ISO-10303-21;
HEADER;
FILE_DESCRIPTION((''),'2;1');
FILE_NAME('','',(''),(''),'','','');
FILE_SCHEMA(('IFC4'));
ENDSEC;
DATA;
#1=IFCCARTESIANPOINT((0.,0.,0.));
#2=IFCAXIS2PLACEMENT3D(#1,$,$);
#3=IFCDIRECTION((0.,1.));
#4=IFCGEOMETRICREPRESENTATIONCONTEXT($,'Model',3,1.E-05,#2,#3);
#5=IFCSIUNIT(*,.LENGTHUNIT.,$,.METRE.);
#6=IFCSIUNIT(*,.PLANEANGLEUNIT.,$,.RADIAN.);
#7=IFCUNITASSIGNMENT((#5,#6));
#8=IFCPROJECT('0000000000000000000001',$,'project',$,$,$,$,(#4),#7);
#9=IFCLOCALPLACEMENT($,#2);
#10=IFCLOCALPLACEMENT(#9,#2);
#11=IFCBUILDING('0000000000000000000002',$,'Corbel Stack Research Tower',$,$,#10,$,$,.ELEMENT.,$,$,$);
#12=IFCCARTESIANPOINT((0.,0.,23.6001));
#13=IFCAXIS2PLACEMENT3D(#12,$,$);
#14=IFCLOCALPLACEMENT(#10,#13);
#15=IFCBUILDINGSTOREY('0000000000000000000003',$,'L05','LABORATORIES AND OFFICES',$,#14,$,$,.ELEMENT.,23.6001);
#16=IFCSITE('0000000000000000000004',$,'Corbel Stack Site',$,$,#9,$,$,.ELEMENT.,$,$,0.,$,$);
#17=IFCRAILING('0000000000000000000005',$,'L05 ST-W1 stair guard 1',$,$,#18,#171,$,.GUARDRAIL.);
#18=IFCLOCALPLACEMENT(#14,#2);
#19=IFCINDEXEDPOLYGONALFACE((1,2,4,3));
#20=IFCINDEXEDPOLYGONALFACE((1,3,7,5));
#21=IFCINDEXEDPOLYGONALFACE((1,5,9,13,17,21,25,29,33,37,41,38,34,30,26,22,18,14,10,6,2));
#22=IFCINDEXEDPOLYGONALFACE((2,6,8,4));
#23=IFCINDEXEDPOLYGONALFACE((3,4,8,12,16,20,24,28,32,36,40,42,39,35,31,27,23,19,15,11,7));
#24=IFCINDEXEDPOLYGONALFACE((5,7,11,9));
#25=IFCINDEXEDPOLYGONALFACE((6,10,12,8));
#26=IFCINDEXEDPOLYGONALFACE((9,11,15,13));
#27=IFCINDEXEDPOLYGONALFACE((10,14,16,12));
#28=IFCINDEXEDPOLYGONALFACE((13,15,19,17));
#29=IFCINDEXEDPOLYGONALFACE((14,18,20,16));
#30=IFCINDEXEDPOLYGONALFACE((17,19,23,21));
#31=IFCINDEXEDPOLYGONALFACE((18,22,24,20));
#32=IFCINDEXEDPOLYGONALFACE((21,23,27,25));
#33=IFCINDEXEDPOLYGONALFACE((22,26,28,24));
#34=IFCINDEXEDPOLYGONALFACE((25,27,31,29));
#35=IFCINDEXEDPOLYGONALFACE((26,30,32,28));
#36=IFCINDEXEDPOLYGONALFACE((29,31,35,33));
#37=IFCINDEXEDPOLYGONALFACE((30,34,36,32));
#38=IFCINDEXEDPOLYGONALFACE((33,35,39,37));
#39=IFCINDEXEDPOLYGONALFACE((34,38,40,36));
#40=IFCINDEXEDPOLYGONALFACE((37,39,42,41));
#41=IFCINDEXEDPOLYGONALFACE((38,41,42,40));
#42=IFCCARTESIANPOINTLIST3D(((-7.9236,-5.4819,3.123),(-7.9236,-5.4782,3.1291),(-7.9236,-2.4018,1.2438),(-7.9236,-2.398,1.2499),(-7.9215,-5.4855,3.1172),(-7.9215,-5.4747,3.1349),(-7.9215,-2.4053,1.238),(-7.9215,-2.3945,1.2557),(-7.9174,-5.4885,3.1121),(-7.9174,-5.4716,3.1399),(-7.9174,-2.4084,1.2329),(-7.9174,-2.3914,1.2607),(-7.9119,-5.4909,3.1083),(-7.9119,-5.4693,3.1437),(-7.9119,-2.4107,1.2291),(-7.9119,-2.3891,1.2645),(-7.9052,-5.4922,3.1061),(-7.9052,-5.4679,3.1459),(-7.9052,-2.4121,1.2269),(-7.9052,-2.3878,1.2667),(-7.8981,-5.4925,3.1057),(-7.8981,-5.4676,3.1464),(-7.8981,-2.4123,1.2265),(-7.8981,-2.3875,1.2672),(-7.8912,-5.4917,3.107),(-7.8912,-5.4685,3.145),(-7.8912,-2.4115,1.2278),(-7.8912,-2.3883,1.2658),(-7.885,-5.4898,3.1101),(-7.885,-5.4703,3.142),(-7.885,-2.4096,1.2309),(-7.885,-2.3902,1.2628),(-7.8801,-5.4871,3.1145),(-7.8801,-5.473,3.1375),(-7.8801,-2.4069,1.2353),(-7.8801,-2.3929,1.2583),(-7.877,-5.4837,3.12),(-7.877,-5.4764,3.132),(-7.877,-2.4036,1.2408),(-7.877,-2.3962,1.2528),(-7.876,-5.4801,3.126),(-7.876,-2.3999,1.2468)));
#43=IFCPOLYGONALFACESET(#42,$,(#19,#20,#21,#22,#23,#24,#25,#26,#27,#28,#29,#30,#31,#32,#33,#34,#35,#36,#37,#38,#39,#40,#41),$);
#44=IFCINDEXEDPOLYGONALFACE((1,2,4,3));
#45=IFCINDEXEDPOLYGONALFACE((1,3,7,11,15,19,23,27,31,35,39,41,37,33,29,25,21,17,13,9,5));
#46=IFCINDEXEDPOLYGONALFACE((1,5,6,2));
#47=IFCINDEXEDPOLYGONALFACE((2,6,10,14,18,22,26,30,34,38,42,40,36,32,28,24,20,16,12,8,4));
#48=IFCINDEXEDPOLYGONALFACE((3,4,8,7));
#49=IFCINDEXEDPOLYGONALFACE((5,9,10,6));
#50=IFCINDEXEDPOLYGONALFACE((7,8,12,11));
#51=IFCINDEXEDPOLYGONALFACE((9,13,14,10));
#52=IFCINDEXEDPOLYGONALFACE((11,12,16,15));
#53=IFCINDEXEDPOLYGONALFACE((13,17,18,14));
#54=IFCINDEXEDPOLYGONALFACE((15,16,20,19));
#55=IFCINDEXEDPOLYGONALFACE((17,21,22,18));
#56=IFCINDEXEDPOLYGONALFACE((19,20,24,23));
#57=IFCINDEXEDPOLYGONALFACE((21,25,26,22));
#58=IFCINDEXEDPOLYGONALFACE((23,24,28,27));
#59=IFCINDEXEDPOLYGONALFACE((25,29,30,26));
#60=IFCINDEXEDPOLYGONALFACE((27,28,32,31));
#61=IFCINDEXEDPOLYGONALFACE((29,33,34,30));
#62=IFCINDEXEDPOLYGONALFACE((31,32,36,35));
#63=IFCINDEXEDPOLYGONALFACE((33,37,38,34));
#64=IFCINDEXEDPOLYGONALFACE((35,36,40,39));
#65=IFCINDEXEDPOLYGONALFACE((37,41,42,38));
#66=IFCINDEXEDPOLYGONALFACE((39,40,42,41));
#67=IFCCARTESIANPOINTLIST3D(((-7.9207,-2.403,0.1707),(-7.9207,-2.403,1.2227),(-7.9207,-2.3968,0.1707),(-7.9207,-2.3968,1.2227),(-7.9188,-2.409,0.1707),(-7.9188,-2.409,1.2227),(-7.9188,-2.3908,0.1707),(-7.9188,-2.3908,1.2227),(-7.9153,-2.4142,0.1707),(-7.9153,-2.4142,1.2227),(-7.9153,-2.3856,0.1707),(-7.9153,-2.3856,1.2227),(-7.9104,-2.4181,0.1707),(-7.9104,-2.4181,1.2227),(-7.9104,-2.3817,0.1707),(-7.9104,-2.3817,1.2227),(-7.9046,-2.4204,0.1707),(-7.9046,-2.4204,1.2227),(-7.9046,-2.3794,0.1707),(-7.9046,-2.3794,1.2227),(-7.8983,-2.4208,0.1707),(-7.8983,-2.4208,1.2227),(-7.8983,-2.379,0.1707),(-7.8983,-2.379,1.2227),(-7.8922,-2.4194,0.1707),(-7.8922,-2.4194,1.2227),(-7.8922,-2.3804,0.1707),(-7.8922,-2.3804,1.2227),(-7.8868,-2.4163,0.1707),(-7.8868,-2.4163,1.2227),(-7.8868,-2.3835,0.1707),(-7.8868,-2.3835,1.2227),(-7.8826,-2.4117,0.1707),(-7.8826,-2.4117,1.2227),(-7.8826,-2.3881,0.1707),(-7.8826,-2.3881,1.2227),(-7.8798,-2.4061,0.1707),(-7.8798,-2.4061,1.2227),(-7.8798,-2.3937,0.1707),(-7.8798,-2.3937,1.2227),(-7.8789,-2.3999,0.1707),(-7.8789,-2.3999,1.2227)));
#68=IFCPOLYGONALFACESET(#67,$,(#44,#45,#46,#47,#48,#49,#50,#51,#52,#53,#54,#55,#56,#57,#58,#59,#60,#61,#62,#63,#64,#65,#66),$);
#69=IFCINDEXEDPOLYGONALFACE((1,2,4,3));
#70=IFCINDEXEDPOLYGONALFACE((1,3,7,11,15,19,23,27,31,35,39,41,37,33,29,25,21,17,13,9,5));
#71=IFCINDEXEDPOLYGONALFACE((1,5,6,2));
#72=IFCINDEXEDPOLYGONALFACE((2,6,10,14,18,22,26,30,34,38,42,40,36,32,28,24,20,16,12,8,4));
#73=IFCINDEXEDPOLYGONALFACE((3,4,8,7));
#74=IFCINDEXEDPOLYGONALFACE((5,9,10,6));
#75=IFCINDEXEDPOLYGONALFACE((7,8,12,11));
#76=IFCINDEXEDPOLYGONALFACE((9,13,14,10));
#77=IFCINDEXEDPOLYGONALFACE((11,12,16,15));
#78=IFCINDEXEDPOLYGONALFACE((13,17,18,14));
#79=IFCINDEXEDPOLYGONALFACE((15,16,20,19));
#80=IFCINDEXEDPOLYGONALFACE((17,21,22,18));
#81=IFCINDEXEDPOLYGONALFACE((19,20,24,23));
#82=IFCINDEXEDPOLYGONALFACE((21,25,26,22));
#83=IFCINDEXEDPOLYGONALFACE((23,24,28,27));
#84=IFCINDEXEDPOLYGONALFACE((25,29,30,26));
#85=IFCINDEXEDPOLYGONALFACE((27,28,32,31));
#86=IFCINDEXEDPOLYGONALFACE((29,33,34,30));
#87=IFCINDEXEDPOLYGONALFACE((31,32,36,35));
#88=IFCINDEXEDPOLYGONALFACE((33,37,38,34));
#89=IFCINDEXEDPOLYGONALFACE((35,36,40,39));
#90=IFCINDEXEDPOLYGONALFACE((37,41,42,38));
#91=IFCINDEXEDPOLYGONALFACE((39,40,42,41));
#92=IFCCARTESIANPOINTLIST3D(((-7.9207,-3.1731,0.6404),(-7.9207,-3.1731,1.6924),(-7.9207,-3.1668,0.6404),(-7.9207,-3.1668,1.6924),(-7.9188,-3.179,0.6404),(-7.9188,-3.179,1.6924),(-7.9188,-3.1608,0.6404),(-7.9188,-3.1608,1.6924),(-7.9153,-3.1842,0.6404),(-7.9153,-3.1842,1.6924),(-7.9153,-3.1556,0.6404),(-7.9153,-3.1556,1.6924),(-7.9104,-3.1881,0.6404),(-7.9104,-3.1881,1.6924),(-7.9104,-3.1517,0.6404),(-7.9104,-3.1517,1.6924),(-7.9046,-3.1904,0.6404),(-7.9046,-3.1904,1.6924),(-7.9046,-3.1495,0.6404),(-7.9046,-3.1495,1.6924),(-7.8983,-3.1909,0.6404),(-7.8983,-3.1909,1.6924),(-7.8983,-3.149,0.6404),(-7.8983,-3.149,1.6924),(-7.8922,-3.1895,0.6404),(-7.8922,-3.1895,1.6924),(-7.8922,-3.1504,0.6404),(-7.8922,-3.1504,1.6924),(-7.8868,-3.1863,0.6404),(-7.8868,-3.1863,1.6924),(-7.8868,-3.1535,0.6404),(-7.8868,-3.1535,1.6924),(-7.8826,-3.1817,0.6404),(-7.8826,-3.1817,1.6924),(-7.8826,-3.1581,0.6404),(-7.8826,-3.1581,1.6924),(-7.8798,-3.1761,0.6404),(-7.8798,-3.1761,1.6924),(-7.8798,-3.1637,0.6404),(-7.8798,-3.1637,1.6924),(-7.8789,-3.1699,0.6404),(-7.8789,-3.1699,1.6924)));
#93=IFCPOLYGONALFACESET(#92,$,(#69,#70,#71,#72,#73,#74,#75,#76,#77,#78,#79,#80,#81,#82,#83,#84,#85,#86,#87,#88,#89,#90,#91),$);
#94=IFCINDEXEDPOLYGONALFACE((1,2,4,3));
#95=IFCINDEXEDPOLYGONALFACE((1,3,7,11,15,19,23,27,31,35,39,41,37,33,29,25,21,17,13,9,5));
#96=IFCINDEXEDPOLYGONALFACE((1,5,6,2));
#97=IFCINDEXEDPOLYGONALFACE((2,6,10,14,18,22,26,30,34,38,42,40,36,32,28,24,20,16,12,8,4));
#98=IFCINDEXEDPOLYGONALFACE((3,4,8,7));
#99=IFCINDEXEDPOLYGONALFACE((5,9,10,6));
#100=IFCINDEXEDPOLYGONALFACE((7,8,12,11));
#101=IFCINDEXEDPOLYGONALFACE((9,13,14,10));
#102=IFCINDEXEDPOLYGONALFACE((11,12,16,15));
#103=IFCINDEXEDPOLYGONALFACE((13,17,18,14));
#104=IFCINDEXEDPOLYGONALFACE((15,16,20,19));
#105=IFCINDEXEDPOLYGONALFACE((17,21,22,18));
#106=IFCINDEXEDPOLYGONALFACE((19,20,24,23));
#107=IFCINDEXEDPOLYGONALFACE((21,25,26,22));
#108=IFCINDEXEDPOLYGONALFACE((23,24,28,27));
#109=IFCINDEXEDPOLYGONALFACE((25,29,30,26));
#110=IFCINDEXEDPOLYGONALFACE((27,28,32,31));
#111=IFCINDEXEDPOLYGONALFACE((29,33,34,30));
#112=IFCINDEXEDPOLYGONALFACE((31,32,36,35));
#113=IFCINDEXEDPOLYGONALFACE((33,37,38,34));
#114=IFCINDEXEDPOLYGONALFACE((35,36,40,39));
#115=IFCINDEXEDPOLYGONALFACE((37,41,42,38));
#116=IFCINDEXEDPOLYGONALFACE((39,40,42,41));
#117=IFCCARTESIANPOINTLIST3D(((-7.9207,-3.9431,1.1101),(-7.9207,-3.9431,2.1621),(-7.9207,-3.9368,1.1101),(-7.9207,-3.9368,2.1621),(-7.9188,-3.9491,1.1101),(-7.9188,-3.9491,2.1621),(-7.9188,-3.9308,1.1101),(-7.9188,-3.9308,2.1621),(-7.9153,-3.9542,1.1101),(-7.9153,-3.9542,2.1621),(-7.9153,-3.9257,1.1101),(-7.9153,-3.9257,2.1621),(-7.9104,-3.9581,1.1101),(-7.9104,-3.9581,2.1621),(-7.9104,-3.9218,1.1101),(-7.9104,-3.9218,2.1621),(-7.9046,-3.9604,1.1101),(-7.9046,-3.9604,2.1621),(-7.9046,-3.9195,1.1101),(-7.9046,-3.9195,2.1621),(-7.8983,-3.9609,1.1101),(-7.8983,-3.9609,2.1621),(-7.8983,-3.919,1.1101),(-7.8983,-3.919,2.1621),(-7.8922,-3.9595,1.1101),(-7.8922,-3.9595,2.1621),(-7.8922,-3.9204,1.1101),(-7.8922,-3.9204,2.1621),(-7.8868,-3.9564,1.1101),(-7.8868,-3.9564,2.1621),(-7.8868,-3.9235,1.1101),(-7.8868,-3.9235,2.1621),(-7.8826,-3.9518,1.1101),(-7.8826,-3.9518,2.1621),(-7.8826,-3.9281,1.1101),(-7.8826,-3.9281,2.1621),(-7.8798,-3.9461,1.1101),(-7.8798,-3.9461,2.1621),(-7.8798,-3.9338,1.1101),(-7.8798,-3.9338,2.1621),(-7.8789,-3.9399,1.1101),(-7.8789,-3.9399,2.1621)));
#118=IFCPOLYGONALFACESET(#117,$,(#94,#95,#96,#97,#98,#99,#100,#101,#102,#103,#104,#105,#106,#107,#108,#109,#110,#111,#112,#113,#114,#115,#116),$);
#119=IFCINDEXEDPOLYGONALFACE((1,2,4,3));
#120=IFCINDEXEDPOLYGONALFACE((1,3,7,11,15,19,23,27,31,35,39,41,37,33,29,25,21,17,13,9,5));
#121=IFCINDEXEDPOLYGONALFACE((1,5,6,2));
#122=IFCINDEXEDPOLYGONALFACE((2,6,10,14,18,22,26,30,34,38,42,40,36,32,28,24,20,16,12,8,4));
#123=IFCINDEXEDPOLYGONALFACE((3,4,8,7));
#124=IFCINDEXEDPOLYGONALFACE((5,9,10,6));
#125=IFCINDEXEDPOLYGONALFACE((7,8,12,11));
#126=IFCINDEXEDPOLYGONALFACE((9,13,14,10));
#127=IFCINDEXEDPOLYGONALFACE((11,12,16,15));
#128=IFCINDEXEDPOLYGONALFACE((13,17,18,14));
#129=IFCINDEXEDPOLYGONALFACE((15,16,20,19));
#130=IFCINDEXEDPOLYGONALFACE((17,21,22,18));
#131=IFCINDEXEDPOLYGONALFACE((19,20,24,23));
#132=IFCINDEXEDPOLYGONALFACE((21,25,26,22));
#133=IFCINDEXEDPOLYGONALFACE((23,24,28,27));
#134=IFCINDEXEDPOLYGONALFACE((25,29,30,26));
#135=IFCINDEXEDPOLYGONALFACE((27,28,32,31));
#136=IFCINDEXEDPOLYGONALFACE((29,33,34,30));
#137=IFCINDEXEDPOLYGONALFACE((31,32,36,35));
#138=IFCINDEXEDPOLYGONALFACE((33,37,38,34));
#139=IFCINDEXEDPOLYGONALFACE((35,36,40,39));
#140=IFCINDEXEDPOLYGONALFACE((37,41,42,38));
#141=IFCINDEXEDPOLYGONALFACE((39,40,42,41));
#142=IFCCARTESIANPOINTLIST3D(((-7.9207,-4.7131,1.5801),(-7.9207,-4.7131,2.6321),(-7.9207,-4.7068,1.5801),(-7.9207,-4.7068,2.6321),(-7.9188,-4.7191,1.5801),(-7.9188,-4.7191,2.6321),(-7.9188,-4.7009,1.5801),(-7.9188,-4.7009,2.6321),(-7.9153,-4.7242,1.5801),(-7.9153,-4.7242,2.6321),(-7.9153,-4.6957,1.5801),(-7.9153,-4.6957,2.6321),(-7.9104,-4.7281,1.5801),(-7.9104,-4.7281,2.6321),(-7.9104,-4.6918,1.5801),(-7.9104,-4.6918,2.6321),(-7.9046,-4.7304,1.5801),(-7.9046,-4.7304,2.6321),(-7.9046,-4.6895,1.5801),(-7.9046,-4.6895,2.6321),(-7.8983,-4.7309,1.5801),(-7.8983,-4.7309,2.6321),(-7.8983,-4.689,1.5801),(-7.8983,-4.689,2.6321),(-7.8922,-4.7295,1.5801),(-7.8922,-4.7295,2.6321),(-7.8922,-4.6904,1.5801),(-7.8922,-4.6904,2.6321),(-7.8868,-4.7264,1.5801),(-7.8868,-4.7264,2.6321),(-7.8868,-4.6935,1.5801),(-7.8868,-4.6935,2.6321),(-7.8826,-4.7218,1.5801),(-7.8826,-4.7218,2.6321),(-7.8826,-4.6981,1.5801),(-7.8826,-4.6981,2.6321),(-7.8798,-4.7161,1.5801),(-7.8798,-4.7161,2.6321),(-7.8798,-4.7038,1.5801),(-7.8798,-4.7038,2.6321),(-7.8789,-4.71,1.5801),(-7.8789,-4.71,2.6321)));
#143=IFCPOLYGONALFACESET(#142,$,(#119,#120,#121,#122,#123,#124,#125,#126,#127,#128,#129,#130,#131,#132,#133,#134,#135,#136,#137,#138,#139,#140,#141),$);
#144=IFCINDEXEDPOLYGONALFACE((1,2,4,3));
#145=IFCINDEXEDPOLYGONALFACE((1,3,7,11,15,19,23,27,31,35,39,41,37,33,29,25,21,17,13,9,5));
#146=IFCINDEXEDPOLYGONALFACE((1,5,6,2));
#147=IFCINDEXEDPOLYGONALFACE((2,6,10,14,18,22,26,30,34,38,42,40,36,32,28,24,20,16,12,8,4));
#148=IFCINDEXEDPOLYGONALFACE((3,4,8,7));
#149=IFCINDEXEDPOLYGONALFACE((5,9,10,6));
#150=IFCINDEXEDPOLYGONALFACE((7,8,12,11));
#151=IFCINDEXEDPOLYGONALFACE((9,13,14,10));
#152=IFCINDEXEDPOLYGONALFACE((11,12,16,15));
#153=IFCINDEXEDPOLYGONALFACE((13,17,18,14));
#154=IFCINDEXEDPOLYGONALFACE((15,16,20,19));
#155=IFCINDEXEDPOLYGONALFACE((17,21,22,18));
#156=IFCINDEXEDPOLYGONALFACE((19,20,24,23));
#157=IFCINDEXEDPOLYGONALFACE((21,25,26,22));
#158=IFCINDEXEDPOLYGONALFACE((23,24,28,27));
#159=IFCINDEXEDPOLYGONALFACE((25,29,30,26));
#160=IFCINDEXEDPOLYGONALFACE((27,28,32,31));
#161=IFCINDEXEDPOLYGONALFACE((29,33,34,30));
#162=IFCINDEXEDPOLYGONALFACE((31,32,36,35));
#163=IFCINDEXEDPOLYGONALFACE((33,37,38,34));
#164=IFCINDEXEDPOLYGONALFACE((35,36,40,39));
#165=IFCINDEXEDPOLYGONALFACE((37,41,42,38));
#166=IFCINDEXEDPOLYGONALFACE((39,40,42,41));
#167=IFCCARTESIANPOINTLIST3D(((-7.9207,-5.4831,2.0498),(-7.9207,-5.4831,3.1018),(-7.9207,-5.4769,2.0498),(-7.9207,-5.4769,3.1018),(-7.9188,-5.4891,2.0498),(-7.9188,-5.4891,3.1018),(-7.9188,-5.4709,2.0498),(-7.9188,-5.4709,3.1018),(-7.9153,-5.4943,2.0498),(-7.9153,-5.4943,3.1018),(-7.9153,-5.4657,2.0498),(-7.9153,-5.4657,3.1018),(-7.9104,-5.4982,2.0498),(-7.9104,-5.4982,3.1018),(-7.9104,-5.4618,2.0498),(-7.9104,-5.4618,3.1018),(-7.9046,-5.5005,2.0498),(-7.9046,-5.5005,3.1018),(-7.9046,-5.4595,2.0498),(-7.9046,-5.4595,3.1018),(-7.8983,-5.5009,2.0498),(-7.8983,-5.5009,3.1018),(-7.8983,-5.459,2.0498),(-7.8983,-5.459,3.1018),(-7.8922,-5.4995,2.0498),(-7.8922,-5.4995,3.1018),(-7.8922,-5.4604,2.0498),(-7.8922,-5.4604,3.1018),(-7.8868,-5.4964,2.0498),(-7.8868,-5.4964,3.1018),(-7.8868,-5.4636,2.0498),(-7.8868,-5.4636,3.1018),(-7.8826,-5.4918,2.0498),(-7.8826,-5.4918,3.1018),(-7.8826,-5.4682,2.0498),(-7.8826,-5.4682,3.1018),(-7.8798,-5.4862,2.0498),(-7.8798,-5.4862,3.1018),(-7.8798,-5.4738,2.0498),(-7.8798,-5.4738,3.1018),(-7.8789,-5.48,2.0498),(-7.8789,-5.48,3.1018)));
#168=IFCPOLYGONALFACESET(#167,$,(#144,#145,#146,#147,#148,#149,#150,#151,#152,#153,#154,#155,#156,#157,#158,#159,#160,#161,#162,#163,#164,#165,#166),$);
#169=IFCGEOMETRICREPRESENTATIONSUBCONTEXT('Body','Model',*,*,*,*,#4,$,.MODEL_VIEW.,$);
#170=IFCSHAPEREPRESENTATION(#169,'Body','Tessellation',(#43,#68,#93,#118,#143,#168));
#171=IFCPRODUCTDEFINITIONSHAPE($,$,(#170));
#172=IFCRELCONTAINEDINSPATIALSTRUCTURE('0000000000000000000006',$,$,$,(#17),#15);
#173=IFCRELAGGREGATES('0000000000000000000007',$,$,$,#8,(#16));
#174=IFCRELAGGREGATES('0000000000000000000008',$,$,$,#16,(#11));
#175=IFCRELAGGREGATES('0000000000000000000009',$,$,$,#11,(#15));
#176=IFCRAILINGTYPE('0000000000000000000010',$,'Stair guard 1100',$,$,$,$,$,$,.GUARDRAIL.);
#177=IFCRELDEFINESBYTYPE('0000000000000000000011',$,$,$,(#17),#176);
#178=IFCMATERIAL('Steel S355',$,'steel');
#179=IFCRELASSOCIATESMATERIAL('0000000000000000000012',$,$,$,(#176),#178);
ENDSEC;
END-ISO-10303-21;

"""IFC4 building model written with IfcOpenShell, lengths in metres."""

from ifc_helpers import new_model, si_unit, direction, frame, origin, origin_2d, place, context, subcontext, project, spatial, circle, extrude, material, type_object, element, save


model = new_model("IFC4")

# Units and contexts
model_context = context("Model", 3, precision=1e-05, world=origin(), true_north=direction((0.0, 1.0)))
body_context = subcontext(model_context, "Body", "Model", "MODEL_VIEW")
ifc_project = project(units=[si_unit("LENGTHUNIT", "METRE"), si_unit("PLANEANGLEUNIT", "RADIAN")], contexts=[model_context])

# Site, building, storey
site_placement = place(None, origin())
site = spatial("IfcSite", under=ifc_project, at=site_placement, Name="Corbel Stack Site", CompositionType="ELEMENT", RefElevation=0.0)
building_placement = place(site_placement, origin())
building = spatial("IfcBuilding", under=site, at=building_placement, Name="Corbel Stack Research Tower", CompositionType="ELEMENT")
storey_placement = place(building_placement, frame((0.0, 0.0, 23.6001)))
storey = spatial("IfcBuildingStorey", under=building, at=storey_placement, Name="L05", Description="LABORATORIES AND OFFICES", CompositionType="ELEMENT", Elevation=23.6001)

# Railing
ifc_material_1 = material(Name="Steel S355", Category="steel")
railing_type_1 = type_object("IfcRailingType", Name="Stair guard 1100", PredefinedType="GUARDRAIL", material=ifc_material_1)
railing_1_placement = place(storey_placement, frame((-7.8999, -2.3999, 0.1707)))
element("IfcRailing", 1, at=railing_1_placement, inside=storey, type_object=railing_type_1, Name="L05 ST-W1 stair guard 1", PredefinedType="GUARDRAIL", context=body_context, shape_type="SweptSolid", body=[
    extrude(circle(Radius=0.0239, at=origin_2d()), frame((0.0, 0.0, 1.0762), z_axis=(0.0, -0.853666, 0.52082), x_axis=(1.0, 0.0, 0.0)), (0.0, 0.0, 1.0), 3.6082),
    extrude(circle(Radius=0.021, at=origin_2d()), origin(), (0.0, 0.0, 1.0), 1.052),
    extrude(circle(Radius=0.021, at=origin_2d()), frame((0.0, -0.77, 0.4697)), (0.0, 0.0, 1.0), 1.052),
    extrude(circle(Radius=0.021, at=origin_2d()), frame((0.0, -1.54, 0.9395)), (0.0, 0.0, 1.0), 1.052),
    extrude(circle(Radius=0.021, at=origin_2d()), frame((0.0, -2.3101, 1.4094)), (0.0, 0.0, 1.0), 1.052),
    extrude(circle(Radius=0.021, at=origin_2d()), frame((0.0, -3.0801, 1.8792)), (0.0, 0.0, 1.0), 1.052),
])

save(model, "model.ifc")
